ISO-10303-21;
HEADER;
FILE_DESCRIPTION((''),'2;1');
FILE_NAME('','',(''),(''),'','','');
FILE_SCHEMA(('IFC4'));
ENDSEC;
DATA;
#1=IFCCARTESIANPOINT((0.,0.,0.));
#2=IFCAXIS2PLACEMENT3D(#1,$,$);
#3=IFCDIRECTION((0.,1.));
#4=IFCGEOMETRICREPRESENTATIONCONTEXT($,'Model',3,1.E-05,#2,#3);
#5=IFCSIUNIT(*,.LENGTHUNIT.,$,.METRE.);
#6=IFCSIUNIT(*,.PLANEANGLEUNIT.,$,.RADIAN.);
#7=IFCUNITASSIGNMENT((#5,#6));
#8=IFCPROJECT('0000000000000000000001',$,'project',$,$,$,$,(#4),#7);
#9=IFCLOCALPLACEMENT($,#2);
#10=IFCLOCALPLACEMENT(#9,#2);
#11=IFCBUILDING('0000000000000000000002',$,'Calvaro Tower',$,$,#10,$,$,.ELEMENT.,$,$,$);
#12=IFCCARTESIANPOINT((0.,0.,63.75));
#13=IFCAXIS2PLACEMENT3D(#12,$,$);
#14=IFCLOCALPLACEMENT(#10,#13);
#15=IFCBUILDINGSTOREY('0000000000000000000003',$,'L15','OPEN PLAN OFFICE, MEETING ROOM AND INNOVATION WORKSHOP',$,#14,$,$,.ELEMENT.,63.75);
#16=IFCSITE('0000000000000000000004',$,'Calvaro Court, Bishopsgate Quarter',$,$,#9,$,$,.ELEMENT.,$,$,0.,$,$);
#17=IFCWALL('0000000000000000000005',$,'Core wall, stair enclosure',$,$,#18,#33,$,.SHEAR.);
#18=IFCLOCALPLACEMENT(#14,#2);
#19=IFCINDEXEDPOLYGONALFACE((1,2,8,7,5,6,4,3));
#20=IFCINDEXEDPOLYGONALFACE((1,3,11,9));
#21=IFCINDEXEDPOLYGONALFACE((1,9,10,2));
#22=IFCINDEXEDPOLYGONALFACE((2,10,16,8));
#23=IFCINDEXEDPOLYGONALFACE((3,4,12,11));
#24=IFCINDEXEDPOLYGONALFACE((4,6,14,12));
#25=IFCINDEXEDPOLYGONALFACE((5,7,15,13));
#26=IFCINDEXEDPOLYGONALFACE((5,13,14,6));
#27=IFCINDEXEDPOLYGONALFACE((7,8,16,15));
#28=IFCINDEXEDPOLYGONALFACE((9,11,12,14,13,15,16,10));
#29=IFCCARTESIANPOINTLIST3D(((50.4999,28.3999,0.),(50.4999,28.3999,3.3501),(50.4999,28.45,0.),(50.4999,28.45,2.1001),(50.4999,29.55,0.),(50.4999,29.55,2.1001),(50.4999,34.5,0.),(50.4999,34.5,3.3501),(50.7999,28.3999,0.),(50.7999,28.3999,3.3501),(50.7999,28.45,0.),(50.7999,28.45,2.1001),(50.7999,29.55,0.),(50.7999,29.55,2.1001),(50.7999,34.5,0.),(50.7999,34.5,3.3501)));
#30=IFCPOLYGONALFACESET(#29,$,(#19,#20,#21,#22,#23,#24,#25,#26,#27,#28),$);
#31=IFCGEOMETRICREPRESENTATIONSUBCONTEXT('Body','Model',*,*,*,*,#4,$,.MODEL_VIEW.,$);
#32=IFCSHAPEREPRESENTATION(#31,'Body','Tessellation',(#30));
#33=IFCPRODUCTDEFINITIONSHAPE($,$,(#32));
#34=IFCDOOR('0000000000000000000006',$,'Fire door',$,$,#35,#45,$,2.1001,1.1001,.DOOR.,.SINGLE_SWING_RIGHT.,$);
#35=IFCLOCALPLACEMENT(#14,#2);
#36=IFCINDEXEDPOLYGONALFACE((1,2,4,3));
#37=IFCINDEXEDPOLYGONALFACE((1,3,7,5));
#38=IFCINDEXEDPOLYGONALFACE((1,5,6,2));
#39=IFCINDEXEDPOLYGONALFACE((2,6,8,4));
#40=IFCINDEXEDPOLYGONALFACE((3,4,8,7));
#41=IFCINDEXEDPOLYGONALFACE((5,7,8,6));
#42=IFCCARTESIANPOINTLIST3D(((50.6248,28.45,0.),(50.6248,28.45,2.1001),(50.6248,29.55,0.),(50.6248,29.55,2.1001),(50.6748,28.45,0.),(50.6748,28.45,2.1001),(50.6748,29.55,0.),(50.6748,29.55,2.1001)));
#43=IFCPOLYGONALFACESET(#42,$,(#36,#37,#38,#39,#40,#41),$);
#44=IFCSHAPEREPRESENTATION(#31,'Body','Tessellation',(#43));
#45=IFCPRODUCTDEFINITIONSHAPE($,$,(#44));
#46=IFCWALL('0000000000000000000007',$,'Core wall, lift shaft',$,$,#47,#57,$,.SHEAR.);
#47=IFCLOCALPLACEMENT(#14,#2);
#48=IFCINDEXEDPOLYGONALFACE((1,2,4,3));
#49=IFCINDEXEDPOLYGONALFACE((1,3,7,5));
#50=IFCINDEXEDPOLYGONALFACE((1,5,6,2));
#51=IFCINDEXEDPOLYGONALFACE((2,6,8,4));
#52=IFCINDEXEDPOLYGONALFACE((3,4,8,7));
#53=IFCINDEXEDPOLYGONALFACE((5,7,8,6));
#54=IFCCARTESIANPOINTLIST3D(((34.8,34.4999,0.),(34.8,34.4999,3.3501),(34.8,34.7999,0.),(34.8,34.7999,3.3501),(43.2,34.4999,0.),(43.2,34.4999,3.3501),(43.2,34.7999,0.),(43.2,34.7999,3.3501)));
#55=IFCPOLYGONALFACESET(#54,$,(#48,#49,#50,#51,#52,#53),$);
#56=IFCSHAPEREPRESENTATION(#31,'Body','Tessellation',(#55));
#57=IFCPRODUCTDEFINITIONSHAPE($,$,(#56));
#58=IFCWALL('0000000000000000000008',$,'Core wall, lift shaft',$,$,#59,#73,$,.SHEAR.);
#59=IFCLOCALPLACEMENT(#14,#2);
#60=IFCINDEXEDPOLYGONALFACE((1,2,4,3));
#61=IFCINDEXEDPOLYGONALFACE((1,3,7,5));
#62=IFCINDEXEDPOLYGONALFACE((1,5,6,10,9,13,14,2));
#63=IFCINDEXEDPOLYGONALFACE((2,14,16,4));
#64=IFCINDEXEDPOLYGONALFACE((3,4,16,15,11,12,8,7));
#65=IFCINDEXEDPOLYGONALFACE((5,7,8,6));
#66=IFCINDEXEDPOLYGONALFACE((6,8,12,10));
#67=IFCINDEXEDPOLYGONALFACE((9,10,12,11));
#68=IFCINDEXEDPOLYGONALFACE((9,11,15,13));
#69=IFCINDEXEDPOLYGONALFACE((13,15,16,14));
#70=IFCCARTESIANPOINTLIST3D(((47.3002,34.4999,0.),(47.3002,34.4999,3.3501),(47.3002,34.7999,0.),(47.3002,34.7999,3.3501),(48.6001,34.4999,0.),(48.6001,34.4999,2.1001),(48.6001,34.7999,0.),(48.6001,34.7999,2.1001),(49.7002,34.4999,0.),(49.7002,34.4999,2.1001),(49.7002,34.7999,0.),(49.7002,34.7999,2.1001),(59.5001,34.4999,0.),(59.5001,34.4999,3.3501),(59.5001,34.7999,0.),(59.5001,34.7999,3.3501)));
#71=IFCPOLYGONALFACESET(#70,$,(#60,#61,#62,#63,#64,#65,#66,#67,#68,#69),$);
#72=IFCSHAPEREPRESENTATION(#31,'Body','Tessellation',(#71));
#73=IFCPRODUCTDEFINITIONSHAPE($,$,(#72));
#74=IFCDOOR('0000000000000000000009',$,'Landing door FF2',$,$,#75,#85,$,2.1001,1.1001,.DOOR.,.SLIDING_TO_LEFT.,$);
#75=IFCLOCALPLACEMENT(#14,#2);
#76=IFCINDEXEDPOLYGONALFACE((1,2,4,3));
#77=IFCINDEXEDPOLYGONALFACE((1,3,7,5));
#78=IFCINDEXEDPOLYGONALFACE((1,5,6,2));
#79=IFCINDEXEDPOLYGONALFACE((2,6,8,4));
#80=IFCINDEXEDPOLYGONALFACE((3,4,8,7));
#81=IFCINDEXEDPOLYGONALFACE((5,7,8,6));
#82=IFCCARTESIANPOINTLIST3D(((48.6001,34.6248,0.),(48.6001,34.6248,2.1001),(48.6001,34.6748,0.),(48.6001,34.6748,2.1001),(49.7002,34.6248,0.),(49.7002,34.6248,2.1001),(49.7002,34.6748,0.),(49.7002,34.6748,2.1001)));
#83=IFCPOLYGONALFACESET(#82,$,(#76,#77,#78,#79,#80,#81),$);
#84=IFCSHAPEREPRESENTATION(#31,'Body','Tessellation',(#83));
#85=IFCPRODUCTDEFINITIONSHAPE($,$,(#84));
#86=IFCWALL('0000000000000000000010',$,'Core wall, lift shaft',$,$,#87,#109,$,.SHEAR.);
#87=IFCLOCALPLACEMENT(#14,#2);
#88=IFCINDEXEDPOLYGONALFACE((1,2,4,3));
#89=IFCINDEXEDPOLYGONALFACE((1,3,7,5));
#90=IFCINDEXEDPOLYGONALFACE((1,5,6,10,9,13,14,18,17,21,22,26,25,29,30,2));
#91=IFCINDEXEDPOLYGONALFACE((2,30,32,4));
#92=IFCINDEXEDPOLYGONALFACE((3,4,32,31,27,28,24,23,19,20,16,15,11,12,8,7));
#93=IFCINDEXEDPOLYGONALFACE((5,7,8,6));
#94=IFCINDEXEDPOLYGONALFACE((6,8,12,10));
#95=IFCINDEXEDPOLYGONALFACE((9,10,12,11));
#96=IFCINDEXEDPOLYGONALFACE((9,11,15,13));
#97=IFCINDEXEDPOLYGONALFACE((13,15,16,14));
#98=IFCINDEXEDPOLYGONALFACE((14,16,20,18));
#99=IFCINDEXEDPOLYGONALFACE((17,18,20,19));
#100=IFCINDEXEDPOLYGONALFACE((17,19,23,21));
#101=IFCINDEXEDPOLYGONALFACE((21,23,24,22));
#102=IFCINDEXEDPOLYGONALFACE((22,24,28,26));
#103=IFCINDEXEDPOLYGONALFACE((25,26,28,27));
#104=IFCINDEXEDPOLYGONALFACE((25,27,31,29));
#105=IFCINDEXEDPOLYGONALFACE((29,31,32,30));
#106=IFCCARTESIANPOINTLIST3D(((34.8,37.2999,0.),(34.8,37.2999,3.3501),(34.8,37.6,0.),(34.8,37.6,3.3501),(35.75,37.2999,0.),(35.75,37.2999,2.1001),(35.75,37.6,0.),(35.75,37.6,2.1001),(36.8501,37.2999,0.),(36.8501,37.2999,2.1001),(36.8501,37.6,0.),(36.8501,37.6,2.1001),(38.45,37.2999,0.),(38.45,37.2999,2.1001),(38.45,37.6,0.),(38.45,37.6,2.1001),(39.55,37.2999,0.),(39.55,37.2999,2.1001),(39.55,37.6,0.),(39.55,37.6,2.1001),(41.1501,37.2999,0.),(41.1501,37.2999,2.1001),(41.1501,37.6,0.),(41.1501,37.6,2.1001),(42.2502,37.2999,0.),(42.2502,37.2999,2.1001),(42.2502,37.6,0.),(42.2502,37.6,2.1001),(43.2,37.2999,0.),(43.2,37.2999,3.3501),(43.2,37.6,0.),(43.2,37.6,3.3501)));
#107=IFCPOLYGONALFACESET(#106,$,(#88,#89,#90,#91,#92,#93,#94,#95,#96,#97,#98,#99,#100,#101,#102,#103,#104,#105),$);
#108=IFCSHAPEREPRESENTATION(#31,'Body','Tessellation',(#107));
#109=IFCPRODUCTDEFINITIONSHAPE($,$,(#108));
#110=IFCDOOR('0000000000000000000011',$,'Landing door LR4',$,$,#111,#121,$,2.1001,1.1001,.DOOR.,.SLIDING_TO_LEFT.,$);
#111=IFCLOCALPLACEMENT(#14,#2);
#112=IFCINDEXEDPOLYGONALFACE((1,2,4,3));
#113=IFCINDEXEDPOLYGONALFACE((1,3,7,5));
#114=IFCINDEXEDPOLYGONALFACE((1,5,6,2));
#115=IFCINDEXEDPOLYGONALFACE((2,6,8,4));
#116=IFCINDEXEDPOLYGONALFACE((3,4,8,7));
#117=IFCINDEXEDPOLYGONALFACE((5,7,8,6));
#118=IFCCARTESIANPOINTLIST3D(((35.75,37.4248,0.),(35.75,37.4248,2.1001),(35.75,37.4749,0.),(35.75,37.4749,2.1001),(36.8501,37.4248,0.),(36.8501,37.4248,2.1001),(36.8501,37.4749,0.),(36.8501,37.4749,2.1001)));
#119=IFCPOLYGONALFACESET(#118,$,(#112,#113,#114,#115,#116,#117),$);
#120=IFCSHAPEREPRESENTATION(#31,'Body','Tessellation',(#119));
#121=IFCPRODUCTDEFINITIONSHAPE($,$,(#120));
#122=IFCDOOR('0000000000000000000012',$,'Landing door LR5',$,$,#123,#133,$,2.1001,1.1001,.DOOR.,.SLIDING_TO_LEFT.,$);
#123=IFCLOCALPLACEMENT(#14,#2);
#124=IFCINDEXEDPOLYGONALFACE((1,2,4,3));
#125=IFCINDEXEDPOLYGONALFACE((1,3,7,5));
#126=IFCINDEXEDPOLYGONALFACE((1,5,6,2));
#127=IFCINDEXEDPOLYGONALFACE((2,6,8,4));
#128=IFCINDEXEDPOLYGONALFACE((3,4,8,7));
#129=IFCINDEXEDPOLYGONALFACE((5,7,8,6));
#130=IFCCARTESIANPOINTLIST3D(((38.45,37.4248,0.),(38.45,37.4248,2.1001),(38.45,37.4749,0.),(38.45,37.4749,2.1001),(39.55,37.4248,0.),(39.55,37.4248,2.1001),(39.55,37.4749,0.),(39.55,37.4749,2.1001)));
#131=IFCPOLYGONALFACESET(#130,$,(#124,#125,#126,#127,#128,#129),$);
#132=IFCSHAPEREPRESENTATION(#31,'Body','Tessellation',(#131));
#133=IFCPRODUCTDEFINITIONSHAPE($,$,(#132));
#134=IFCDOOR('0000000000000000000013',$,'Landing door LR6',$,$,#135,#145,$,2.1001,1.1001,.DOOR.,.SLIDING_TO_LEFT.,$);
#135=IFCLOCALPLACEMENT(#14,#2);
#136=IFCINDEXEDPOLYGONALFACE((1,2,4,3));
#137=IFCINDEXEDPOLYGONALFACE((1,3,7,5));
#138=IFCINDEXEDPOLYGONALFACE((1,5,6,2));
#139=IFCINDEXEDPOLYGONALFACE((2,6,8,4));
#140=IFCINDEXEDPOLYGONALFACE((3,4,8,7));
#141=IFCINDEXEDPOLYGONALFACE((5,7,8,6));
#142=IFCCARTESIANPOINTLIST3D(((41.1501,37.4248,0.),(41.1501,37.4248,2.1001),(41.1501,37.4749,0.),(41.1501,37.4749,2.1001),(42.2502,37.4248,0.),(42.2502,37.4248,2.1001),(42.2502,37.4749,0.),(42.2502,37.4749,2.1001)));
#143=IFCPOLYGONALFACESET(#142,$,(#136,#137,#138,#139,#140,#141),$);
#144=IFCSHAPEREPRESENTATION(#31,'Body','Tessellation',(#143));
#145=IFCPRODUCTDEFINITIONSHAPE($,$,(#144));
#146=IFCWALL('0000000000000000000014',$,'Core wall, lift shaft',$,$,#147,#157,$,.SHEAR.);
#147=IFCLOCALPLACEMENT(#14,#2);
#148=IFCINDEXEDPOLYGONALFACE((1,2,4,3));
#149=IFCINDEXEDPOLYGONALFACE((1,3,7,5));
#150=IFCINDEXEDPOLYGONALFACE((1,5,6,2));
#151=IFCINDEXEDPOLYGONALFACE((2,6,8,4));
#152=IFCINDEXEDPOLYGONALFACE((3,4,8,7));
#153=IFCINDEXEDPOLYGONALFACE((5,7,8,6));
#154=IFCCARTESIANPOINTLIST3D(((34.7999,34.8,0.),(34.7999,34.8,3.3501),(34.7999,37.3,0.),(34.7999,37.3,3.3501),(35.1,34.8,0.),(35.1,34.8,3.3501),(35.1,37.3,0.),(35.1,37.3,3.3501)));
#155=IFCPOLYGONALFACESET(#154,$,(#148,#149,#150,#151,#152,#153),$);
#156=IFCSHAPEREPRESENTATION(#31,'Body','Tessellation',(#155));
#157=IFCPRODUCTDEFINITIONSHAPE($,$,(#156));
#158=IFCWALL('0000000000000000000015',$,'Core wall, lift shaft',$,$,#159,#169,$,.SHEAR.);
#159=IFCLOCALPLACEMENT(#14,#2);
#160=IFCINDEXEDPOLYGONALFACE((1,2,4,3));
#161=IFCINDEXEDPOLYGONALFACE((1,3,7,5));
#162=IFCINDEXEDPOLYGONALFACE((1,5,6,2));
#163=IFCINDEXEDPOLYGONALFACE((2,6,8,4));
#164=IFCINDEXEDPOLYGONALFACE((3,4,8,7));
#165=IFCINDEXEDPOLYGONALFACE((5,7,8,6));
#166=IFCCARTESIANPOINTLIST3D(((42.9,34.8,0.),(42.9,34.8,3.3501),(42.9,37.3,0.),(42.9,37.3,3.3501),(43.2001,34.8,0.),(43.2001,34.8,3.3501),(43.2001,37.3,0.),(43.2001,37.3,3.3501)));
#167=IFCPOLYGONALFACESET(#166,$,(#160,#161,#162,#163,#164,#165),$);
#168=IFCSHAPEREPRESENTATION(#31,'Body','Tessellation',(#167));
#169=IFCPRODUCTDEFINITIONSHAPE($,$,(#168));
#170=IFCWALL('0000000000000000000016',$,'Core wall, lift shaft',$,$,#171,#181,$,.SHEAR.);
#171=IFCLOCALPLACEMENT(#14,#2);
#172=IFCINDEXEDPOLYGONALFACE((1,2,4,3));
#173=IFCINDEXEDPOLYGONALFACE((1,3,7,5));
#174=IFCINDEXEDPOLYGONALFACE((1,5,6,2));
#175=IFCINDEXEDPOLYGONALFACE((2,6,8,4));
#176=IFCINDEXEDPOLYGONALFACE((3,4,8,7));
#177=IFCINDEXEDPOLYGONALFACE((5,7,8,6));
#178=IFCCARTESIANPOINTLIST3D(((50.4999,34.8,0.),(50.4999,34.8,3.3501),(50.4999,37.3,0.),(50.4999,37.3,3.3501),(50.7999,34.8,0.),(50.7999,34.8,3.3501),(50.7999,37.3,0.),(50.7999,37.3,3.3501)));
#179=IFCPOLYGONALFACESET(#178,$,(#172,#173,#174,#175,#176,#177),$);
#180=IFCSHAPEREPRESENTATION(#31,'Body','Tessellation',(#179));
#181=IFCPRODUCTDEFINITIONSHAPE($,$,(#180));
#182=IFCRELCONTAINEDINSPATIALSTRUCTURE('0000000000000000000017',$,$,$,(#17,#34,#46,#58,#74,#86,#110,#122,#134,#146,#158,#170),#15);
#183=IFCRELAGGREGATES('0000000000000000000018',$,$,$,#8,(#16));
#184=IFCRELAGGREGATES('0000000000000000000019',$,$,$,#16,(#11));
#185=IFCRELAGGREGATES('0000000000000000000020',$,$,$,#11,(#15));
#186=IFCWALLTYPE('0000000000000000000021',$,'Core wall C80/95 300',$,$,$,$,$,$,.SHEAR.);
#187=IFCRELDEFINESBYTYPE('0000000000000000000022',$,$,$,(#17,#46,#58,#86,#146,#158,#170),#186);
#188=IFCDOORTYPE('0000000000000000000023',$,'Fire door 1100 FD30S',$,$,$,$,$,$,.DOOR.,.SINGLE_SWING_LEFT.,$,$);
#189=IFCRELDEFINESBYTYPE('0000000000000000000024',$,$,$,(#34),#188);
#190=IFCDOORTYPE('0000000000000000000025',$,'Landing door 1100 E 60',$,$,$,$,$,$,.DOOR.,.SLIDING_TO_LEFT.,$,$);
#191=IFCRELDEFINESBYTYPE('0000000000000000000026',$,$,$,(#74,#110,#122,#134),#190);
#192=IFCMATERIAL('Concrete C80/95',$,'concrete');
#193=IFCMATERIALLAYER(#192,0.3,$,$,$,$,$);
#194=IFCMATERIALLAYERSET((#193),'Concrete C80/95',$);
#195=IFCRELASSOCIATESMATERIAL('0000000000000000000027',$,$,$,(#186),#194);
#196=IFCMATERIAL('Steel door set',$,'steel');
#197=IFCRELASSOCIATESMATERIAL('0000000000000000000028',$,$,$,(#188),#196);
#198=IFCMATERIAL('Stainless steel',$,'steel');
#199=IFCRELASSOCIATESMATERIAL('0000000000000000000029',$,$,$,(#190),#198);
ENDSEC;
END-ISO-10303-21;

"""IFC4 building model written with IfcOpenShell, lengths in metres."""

from ifc_helpers import new_model, si_unit, direction, frame, frame_2d, origin, place, context, subcontext, project, spatial, rectangle, extrude, material, layer, layer_set, type_object, element, fill, save


model = new_model("IFC4")

# Units and contexts
model_context = context("Model", 3, precision=1e-05, world=origin(), true_north=direction((0.0, 1.0)))
body_context = subcontext(model_context, "Body", "Model", "MODEL_VIEW")
ifc_project = project(units=[si_unit("LENGTHUNIT", "METRE"), si_unit("PLANEANGLEUNIT", "RADIAN")], contexts=[model_context])

# Site, building, storey
site_placement = place(None, origin())
site = spatial("IfcSite", under=ifc_project, at=site_placement, Name="Calvaro Court, Bishopsgate Quarter", CompositionType="ELEMENT", RefElevation=0.0)
building_placement = place(site_placement, origin())
building = spatial("IfcBuilding", under=site, at=building_placement, Name="Calvaro Tower", CompositionType="ELEMENT")
storey_placement = place(building_placement, frame((0.0, 0.0, 63.75)))
storey = spatial("IfcBuildingStorey", under=building, at=storey_placement, Name="L15", Description="OPEN PLAN OFFICE, MEETING ROOM AND INNOVATION WORKSHOP", CompositionType="ELEMENT", Elevation=63.75)

# Wall, opening, door
ifc_material_1 = material(Name="Concrete C80/95", Category="concrete")
ifc_layer_1 = layer(ifc_material_1, 0.3)
ifc_layer_set_1 = layer_set([ifc_layer_1], Name="Concrete C80/95")
wall_type_1 = type_object("IfcWallType", Name="Core wall C80/95 300", PredefinedType="SHEAR", material=ifc_layer_set_1)
wall_1_placement = place(storey_placement, frame((50.6499, 34.5, 0.0), z_axis=(0.0, 0.0, 1.0), x_axis=(0.0, -1.0, 0.0)))
wall_1 = element("IfcWall", 1, at=wall_1_placement, inside=storey, type_object=wall_type_1, Name="Core wall, stair enclosure", PredefinedType="SHEAR", context=body_context, shape_type="SweptSolid", body=[
    extrude(rectangle(XDim=6.1001, YDim=0.3, at=frame_2d((3.05, 0.0))), origin(), (0.0, 0.0, 1.0), 3.3501),
])
opening_1_placement = place(wall_1_placement, frame((4.95, 0.0, 0.0)))
opening_1 = element("IfcOpeningElement", 2, at=opening_1_placement, cuts=wall_1, PredefinedType="OPENING", context=body_context, shape_type="SweptSolid", body=[
    extrude(rectangle(XDim=1.1001, YDim=2.1001, at=frame_2d((0.55, 1.05))), frame((0.0, 0.1599, 0.0), z_axis=(0.0, -1.0, 0.0), x_axis=(1.0, 0.0, 0.0)), (0.0, 0.0, 1.0), 0.3201),
])
ifc_material_2 = material(Name="Steel door set", Category="steel")
door_type_1 = type_object("IfcDoorType", Name="Fire door 1100 FD30S", OperationType="SINGLE_SWING_LEFT", PredefinedType="DOOR", material=ifc_material_2)
door_1_placement = place(opening_1_placement, origin())
door_1 = element("IfcDoor", 3, at=door_1_placement, inside=storey, type_object=door_type_1, Name="Fire door", OperationType="SINGLE_SWING_RIGHT", OverallHeight=2.1001, OverallWidth=1.1001, PredefinedType="DOOR", context=body_context, shape_type="SweptSolid", body=[
    extrude(rectangle(XDim=1.1001, YDim=2.1001, at=frame_2d((0.55, 1.05))), frame((0.0, 0.0249, 0.0), z_axis=(0.0, -1.0, 0.0), x_axis=(1.0, 0.0, 0.0)), (0.0, 0.0, 1.0), 0.05),
])
fill(opening_1, door_1)

# Wall
wall_2_placement = place(storey_placement, frame((34.8, 34.6499, 0.0), z_axis=(0.0, 0.0, 1.0), x_axis=(1.0, 0.0, 0.0)))
element("IfcWall", 4, at=wall_2_placement, inside=storey, type_object=wall_type_1, Name="Core wall, lift shaft", PredefinedType="SHEAR", context=body_context, shape_type="SweptSolid", body=[
    extrude(rectangle(XDim=8.3999, YDim=0.3, at=frame_2d((4.2, 0.0))), origin(), (0.0, 0.0, 1.0), 3.3501),
])

# Wall, opening, door
wall_3_placement = place(storey_placement, frame((47.3, 34.6499, 0.0), z_axis=(0.0, 0.0, 1.0), x_axis=(1.0, 0.0, 0.0)))
wall_3 = element("IfcWall", 5, at=wall_3_placement, inside=storey, type_object=wall_type_1, Name="Core wall, lift shaft", PredefinedType="SHEAR", context=body_context, shape_type="SweptSolid", body=[
    extrude(rectangle(XDim=12.2, YDim=0.3, at=frame_2d((6.1001, 0.0))), origin(), (0.0, 0.0, 1.0), 3.3501),
])
opening_2_placement = place(wall_3_placement, frame((1.3, 0.0, 0.0)))
opening_2 = element("IfcOpeningElement", 6, at=opening_2_placement, cuts=wall_3, PredefinedType="OPENING", context=body_context, shape_type="SweptSolid", body=[
    extrude(rectangle(XDim=1.1001, YDim=2.1001, at=frame_2d((0.55, 1.05))), frame((0.0, 0.1599, 0.0), z_axis=(0.0, -1.0, 0.0), x_axis=(1.0, 0.0, 0.0)), (0.0, 0.0, 1.0), 0.3201),
])
ifc_material_3 = material(Name="Stainless steel", Category="steel")
door_type_2 = type_object("IfcDoorType", Name="Landing door 1100 E 60", OperationType="SLIDING_TO_LEFT", PredefinedType="DOOR", material=ifc_material_3)
door_2_placement = place(opening_2_placement, origin())
door_2 = element("IfcDoor", 7, at=door_2_placement, inside=storey, type_object=door_type_2, Name="Landing door FF2", OperationType="SLIDING_TO_LEFT", OverallHeight=2.1001, OverallWidth=1.1001, PredefinedType="DOOR", context=body_context, shape_type="SweptSolid", body=[
    extrude(rectangle(XDim=1.1001, YDim=2.1001, at=frame_2d((0.55, 1.05))), frame((0.0, 0.0249, 0.0), z_axis=(0.0, -1.0, 0.0), x_axis=(1.0, 0.0, 0.0)), (0.0, 0.0, 1.0), 0.05),
])
fill(opening_2, door_2)

# Wall, openings, doors
wall_4_placement = place(storey_placement, frame((34.8, 37.45, 0.0), z_axis=(0.0, 0.0, 1.0), x_axis=(1.0, 0.0, 0.0)))
wall_4 = element("IfcWall", 8, at=wall_4_placement, inside=storey, type_object=wall_type_1, Name="Core wall, lift shaft", PredefinedType="SHEAR", context=body_context, shape_type="SweptSolid", body=[
    extrude(rectangle(XDim=8.3999, YDim=0.3, at=frame_2d((4.2, 0.0))), origin(), (0.0, 0.0, 1.0), 3.3501),
])
opening_3_placement = place(wall_4_placement, frame((0.95, 0.0, 0.0)))
opening_3 = element("IfcOpeningElement", 9, at=opening_3_placement, cuts=wall_4, PredefinedType="OPENING", context=body_context, shape_type="SweptSolid", body=[
    extrude(rectangle(XDim=1.1001, YDim=2.1001, at=frame_2d((0.55, 1.05))), frame((0.0, 0.1599, 0.0), z_axis=(0.0, -1.0, 0.0), x_axis=(1.0, 0.0, 0.0)), (0.0, 0.0, 1.0), 0.3201),
])
opening_4_placement = place(wall_4_placement, frame((3.6499, 0.0, 0.0)))
opening_4 = element("IfcOpeningElement", 10, at=opening_4_placement, cuts=wall_4, PredefinedType="OPENING", context=body_context, shape_type="SweptSolid", body=[
    extrude(rectangle(XDim=1.1001, YDim=2.1001, at=frame_2d((0.55, 1.05))), frame((0.0, 0.1599, 0.0), z_axis=(0.0, -1.0, 0.0), x_axis=(1.0, 0.0, 0.0)), (0.0, 0.0, 1.0), 0.3201),
])
opening_5_placement = place(wall_4_placement, frame((6.3501, 0.0, 0.0)))
opening_5 = element("IfcOpeningElement", 11, at=opening_5_placement, cuts=wall_4, PredefinedType="OPENING", context=body_context, shape_type="SweptSolid", body=[
    extrude(rectangle(XDim=1.1001, YDim=2.1001, at=frame_2d((0.55, 1.05))), frame((0.0, 0.1599, 0.0), z_axis=(0.0, -1.0, 0.0), x_axis=(1.0, 0.0, 0.0)), (0.0, 0.0, 1.0), 0.3201),
])
door_3_placement = place(opening_3_placement, origin())
door_3 = element("IfcDoor", 12, at=door_3_placement, inside=storey, type_object=door_type_2, Name="Landing door LR4", OperationType="SLIDING_TO_LEFT", OverallHeight=2.1001, OverallWidth=1.1001, PredefinedType="DOOR", context=body_context, shape_type="SweptSolid", body=[
    extrude(rectangle(XDim=1.1001, YDim=2.1001, at=frame_2d((0.55, 1.05))), frame((0.0, 0.0249, 0.0), z_axis=(0.0, -1.0, 0.0), x_axis=(1.0, 0.0, 0.0)), (0.0, 0.0, 1.0), 0.05),
])
fill(opening_3, door_3)
door_4_placement = place(opening_4_placement, origin())
door_4 = element("IfcDoor", 13, at=door_4_placement, inside=storey, type_object=door_type_2, Name="Landing door LR5", OperationType="SLIDING_TO_LEFT", OverallHeight=2.1001, OverallWidth=1.1001, PredefinedType="DOOR", context=body_context, shape_type="SweptSolid", body=[
    extrude(rectangle(XDim=1.1001, YDim=2.1001, at=frame_2d((0.55, 1.05))), frame((0.0, 0.0249, 0.0), z_axis=(0.0, -1.0, 0.0), x_axis=(1.0, 0.0, 0.0)), (0.0, 0.0, 1.0), 0.05),
])
fill(opening_4, door_4)
door_5_placement = place(opening_5_placement, origin())
door_5 = element("IfcDoor", 14, at=door_5_placement, inside=storey, type_object=door_type_2, Name="Landing door LR6", OperationType="SLIDING_TO_LEFT", OverallHeight=2.1001, OverallWidth=1.1001, PredefinedType="DOOR", context=body_context, shape_type="SweptSolid", body=[
    extrude(rectangle(XDim=1.1001, YDim=2.1001, at=frame_2d((0.55, 1.05))), frame((0.0, 0.0249, 0.0), z_axis=(0.0, -1.0, 0.0), x_axis=(1.0, 0.0, 0.0)), (0.0, 0.0, 1.0), 0.05),
])
fill(opening_5, door_5)

# Walls
for number, where, z_axis, x_axis, name in (
    (15, (34.95, 34.8, 0.0), (0.0, 0.0, 1.0), (0.0, 1.0, 0.0), "Core wall, lift shaft"),
    (16, (43.05, 34.8, 0.0), (0.0, 0.0, 1.0), (0.0, 1.0, 0.0), "Core wall, lift shaft"),
    (17, (50.6499, 34.8, 0.0), (0.0, 0.0, 1.0), (0.0, 1.0, 0.0), "Core wall, lift shaft"),
):
    element("IfcWall", number, at=place(storey_placement, frame(where, z_axis=z_axis, x_axis=x_axis)), inside=storey, type_object=wall_type_1, Name=name, PredefinedType="SHEAR", context=body_context, shape_type="SweptSolid", body=[
        extrude(rectangle(XDim=2.5, YDim=0.3, at=frame_2d((1.25, 0.0))), origin(), (0.0, 0.0, 1.0), 3.3501),
    ])

save(model, "model.ifc")
